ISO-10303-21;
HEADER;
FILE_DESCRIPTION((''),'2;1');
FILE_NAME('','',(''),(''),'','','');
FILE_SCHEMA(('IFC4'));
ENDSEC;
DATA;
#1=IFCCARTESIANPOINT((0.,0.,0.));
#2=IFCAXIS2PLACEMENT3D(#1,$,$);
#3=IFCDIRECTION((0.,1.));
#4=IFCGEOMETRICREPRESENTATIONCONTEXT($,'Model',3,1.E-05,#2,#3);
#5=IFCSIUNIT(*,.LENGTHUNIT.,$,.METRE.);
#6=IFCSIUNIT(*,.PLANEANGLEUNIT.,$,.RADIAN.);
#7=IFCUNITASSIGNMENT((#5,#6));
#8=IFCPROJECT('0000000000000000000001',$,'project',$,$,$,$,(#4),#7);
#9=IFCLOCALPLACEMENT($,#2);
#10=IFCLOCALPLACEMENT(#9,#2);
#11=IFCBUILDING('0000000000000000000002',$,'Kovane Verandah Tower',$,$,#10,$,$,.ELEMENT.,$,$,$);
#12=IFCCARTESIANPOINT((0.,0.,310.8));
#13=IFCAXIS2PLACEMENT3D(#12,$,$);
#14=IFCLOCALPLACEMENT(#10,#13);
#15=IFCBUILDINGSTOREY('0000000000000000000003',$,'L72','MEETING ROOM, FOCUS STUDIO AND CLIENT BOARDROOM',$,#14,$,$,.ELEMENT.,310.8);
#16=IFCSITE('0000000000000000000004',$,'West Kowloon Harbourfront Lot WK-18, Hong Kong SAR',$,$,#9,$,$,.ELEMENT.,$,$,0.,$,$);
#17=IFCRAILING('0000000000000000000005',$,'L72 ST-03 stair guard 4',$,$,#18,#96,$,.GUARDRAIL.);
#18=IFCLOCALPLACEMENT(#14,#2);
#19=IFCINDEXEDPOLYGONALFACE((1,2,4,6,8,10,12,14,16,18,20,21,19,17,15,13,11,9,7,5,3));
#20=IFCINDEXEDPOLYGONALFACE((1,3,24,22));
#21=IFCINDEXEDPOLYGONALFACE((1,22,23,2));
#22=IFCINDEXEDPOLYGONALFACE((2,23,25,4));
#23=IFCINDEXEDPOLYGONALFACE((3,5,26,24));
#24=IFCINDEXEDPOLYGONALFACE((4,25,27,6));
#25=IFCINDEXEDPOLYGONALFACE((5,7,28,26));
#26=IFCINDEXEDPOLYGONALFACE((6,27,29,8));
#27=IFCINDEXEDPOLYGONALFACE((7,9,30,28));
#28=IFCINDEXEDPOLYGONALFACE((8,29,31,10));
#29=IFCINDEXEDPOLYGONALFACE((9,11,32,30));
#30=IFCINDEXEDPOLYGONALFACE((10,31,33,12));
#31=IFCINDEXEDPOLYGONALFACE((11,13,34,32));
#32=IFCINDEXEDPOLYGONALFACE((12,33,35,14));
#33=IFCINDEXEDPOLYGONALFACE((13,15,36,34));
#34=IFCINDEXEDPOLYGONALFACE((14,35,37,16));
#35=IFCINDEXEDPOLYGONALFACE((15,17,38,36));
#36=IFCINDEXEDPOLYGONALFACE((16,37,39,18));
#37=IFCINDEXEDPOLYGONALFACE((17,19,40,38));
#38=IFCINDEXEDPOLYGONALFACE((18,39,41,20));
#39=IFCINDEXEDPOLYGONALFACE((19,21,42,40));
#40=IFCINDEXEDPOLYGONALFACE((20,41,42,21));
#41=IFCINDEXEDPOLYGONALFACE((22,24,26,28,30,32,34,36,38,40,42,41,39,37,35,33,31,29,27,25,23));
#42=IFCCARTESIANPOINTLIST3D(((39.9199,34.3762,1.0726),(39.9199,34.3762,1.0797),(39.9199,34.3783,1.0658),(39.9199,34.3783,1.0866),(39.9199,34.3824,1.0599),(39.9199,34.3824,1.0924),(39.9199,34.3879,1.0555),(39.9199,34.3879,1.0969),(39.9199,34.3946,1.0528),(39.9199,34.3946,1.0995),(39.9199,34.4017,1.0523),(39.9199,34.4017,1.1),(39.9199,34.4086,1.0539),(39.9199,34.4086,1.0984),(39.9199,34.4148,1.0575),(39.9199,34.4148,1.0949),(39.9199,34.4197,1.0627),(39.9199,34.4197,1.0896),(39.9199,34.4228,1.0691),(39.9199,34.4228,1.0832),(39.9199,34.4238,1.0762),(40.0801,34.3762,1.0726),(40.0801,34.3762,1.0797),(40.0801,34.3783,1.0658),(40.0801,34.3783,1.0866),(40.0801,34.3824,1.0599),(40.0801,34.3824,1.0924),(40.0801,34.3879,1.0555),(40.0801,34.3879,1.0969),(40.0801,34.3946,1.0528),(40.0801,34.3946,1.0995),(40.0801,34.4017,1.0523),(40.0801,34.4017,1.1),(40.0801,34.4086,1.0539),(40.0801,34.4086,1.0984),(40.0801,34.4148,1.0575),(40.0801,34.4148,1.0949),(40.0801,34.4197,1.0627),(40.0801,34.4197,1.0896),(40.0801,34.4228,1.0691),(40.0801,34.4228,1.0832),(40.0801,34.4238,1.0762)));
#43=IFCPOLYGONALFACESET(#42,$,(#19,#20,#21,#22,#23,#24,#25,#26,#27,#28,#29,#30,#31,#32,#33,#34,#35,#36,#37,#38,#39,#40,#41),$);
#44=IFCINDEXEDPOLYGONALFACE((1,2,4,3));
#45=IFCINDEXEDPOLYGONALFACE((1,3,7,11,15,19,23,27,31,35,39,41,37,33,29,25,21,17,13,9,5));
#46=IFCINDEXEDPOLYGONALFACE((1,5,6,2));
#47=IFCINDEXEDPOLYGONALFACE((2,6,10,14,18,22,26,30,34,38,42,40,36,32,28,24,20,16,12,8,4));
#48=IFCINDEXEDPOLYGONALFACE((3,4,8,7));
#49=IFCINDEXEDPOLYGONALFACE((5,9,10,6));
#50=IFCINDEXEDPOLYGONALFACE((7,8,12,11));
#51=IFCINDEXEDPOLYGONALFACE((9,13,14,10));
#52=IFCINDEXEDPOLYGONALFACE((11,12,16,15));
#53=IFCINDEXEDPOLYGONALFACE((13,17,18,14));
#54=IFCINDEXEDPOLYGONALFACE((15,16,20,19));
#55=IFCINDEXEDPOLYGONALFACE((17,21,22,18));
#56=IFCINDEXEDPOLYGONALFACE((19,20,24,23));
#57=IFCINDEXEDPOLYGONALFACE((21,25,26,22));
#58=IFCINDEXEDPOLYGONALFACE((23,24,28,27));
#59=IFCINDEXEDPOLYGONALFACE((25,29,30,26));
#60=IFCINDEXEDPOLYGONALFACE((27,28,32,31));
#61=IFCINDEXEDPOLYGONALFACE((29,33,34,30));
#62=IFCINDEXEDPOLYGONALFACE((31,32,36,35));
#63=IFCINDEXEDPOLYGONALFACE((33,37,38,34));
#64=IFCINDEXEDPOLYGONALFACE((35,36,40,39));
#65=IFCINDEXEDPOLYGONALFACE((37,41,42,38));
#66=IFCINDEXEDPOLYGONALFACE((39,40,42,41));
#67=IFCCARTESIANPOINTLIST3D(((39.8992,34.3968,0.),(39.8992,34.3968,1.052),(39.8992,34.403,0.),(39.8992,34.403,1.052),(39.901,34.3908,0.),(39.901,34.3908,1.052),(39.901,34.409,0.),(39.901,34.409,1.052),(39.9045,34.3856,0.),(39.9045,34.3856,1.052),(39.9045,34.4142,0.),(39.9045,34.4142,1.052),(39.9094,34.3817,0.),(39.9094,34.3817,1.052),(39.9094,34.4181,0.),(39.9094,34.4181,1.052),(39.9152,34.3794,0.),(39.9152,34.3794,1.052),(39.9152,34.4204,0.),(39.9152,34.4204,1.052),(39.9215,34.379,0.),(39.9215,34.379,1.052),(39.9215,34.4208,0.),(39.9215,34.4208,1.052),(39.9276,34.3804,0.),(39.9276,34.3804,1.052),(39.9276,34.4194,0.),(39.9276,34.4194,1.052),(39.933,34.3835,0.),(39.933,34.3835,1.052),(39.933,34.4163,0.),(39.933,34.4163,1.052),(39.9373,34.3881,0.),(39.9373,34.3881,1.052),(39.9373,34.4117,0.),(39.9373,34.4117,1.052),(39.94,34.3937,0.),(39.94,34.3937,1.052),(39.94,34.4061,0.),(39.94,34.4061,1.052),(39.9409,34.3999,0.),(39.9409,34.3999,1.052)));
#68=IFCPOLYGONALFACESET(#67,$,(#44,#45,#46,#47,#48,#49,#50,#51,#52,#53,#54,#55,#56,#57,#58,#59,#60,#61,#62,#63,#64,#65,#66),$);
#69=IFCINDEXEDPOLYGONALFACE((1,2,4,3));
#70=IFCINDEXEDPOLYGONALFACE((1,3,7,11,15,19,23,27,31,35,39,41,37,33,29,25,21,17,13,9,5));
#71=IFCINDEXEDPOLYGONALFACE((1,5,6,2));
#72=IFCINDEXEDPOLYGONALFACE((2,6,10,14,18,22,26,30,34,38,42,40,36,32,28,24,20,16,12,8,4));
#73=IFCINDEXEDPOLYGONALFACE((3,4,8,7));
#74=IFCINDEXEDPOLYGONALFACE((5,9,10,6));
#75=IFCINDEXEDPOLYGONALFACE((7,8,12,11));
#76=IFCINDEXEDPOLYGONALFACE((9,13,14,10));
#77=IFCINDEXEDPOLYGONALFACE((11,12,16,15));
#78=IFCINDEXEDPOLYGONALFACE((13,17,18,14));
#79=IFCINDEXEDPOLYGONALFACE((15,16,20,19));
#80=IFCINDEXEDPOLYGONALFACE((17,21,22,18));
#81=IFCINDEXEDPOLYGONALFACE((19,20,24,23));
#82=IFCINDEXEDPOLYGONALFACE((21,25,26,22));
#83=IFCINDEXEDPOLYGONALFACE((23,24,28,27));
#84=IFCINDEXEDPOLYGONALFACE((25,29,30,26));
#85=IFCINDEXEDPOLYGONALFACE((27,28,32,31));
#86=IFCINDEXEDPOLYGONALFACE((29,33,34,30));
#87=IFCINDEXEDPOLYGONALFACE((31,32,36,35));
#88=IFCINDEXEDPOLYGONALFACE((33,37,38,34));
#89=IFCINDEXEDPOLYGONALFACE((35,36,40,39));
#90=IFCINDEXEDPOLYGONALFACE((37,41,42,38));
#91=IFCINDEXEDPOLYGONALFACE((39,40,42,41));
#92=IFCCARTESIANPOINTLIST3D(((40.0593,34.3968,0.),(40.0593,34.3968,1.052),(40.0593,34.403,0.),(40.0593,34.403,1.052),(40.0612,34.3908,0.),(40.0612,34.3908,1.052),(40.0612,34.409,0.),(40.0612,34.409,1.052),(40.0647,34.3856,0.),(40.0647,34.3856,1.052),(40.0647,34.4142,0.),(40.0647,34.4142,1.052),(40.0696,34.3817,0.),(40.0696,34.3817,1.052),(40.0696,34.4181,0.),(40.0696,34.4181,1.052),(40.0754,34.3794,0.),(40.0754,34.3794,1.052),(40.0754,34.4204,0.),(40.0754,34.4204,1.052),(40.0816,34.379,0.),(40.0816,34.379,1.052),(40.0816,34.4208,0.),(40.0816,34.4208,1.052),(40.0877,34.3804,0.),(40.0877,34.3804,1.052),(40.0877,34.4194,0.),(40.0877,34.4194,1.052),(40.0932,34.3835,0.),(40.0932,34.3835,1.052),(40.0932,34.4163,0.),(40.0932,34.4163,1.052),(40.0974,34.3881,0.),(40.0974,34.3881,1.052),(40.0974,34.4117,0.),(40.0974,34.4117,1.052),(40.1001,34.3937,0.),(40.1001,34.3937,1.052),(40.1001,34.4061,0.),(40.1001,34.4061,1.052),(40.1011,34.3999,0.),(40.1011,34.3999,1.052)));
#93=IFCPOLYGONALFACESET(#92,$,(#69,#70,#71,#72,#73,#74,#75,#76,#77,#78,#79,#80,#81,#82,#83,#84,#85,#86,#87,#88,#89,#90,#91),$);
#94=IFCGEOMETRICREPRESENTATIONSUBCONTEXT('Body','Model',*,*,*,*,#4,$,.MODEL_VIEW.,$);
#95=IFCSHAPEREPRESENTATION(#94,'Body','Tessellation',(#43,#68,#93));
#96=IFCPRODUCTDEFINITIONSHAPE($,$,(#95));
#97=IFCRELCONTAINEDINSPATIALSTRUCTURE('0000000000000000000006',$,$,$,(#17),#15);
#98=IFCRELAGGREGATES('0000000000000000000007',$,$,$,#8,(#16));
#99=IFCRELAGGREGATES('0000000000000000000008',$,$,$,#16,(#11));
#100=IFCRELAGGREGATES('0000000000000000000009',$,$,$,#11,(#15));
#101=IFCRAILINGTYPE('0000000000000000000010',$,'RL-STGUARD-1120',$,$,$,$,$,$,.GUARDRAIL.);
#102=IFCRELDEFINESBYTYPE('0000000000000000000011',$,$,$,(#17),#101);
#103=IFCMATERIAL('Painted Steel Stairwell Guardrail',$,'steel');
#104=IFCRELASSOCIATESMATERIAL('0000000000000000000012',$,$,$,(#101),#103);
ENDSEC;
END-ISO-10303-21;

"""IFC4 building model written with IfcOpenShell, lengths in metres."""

from ifc_helpers import new_model, si_unit, direction, frame, origin, origin_2d, place, context, subcontext, project, spatial, circle, extrude, material, type_object, element, save


model = new_model("IFC4")

# Units and contexts
model_context = context("Model", 3, precision=1e-05, world=origin(), true_north=direction((0.0, 1.0)))
body_context = subcontext(model_context, "Body", "Model", "MODEL_VIEW")
ifc_project = project(units=[si_unit("LENGTHUNIT", "METRE"), si_unit("PLANEANGLEUNIT", "RADIAN")], contexts=[model_context])

# Site, building, storey
site_placement = place(None, origin())
site = spatial("IfcSite", under=ifc_project, at=site_placement, Name="West Kowloon Harbourfront Lot WK-18, Hong Kong SAR", CompositionType="ELEMENT", RefElevation=0.0)
building_placement = place(site_placement, origin())
building = spatial("IfcBuilding", under=site, at=building_placement, Name="Kovane Verandah Tower", CompositionType="ELEMENT")
storey_placement = place(building_placement, frame((0.0, 0.0, 310.8)))
storey = spatial("IfcBuildingStorey", under=building, at=storey_placement, Name="L72", Description="MEETING ROOM, FOCUS STUDIO AND CLIENT BOARDROOM", CompositionType="ELEMENT", Elevation=310.8)

# Railing
ifc_material_1 = material(Name="Painted Steel Stairwell Guardrail", Category="steel")
railing_type_1 = type_object("IfcRailingType", Name="RL-STGUARD-1120", PredefinedType="GUARDRAIL", material=ifc_material_1)
railing_1_placement = place(storey_placement, frame((39.9199, 34.3999, 0.0)))
element("IfcRailing", 1, at=railing_1_placement, inside=storey, type_object=railing_type_1, Name="L72 ST-03 stair guard 4", PredefinedType="GUARDRAIL", context=body_context, shape_type="SweptSolid", body=[
    extrude(circle(Radius=0.0239, at=origin_2d()), frame((0.0, 0.0, 1.0762), z_axis=(1.0, 0.0, 0.0), x_axis=(0.0, 1.0, 0.0)), (0.0, 0.0, 1.0), 0.1602),
    extrude(circle(Radius=0.021, at=origin_2d()), origin(), (0.0, 0.0, 1.0), 1.052),
    extrude(circle(Radius=0.021, at=origin_2d()), frame((0.1602, 0.0, 0.0)), (0.0, 0.0, 1.0), 1.052),
])

save(model, "model.ifc")
